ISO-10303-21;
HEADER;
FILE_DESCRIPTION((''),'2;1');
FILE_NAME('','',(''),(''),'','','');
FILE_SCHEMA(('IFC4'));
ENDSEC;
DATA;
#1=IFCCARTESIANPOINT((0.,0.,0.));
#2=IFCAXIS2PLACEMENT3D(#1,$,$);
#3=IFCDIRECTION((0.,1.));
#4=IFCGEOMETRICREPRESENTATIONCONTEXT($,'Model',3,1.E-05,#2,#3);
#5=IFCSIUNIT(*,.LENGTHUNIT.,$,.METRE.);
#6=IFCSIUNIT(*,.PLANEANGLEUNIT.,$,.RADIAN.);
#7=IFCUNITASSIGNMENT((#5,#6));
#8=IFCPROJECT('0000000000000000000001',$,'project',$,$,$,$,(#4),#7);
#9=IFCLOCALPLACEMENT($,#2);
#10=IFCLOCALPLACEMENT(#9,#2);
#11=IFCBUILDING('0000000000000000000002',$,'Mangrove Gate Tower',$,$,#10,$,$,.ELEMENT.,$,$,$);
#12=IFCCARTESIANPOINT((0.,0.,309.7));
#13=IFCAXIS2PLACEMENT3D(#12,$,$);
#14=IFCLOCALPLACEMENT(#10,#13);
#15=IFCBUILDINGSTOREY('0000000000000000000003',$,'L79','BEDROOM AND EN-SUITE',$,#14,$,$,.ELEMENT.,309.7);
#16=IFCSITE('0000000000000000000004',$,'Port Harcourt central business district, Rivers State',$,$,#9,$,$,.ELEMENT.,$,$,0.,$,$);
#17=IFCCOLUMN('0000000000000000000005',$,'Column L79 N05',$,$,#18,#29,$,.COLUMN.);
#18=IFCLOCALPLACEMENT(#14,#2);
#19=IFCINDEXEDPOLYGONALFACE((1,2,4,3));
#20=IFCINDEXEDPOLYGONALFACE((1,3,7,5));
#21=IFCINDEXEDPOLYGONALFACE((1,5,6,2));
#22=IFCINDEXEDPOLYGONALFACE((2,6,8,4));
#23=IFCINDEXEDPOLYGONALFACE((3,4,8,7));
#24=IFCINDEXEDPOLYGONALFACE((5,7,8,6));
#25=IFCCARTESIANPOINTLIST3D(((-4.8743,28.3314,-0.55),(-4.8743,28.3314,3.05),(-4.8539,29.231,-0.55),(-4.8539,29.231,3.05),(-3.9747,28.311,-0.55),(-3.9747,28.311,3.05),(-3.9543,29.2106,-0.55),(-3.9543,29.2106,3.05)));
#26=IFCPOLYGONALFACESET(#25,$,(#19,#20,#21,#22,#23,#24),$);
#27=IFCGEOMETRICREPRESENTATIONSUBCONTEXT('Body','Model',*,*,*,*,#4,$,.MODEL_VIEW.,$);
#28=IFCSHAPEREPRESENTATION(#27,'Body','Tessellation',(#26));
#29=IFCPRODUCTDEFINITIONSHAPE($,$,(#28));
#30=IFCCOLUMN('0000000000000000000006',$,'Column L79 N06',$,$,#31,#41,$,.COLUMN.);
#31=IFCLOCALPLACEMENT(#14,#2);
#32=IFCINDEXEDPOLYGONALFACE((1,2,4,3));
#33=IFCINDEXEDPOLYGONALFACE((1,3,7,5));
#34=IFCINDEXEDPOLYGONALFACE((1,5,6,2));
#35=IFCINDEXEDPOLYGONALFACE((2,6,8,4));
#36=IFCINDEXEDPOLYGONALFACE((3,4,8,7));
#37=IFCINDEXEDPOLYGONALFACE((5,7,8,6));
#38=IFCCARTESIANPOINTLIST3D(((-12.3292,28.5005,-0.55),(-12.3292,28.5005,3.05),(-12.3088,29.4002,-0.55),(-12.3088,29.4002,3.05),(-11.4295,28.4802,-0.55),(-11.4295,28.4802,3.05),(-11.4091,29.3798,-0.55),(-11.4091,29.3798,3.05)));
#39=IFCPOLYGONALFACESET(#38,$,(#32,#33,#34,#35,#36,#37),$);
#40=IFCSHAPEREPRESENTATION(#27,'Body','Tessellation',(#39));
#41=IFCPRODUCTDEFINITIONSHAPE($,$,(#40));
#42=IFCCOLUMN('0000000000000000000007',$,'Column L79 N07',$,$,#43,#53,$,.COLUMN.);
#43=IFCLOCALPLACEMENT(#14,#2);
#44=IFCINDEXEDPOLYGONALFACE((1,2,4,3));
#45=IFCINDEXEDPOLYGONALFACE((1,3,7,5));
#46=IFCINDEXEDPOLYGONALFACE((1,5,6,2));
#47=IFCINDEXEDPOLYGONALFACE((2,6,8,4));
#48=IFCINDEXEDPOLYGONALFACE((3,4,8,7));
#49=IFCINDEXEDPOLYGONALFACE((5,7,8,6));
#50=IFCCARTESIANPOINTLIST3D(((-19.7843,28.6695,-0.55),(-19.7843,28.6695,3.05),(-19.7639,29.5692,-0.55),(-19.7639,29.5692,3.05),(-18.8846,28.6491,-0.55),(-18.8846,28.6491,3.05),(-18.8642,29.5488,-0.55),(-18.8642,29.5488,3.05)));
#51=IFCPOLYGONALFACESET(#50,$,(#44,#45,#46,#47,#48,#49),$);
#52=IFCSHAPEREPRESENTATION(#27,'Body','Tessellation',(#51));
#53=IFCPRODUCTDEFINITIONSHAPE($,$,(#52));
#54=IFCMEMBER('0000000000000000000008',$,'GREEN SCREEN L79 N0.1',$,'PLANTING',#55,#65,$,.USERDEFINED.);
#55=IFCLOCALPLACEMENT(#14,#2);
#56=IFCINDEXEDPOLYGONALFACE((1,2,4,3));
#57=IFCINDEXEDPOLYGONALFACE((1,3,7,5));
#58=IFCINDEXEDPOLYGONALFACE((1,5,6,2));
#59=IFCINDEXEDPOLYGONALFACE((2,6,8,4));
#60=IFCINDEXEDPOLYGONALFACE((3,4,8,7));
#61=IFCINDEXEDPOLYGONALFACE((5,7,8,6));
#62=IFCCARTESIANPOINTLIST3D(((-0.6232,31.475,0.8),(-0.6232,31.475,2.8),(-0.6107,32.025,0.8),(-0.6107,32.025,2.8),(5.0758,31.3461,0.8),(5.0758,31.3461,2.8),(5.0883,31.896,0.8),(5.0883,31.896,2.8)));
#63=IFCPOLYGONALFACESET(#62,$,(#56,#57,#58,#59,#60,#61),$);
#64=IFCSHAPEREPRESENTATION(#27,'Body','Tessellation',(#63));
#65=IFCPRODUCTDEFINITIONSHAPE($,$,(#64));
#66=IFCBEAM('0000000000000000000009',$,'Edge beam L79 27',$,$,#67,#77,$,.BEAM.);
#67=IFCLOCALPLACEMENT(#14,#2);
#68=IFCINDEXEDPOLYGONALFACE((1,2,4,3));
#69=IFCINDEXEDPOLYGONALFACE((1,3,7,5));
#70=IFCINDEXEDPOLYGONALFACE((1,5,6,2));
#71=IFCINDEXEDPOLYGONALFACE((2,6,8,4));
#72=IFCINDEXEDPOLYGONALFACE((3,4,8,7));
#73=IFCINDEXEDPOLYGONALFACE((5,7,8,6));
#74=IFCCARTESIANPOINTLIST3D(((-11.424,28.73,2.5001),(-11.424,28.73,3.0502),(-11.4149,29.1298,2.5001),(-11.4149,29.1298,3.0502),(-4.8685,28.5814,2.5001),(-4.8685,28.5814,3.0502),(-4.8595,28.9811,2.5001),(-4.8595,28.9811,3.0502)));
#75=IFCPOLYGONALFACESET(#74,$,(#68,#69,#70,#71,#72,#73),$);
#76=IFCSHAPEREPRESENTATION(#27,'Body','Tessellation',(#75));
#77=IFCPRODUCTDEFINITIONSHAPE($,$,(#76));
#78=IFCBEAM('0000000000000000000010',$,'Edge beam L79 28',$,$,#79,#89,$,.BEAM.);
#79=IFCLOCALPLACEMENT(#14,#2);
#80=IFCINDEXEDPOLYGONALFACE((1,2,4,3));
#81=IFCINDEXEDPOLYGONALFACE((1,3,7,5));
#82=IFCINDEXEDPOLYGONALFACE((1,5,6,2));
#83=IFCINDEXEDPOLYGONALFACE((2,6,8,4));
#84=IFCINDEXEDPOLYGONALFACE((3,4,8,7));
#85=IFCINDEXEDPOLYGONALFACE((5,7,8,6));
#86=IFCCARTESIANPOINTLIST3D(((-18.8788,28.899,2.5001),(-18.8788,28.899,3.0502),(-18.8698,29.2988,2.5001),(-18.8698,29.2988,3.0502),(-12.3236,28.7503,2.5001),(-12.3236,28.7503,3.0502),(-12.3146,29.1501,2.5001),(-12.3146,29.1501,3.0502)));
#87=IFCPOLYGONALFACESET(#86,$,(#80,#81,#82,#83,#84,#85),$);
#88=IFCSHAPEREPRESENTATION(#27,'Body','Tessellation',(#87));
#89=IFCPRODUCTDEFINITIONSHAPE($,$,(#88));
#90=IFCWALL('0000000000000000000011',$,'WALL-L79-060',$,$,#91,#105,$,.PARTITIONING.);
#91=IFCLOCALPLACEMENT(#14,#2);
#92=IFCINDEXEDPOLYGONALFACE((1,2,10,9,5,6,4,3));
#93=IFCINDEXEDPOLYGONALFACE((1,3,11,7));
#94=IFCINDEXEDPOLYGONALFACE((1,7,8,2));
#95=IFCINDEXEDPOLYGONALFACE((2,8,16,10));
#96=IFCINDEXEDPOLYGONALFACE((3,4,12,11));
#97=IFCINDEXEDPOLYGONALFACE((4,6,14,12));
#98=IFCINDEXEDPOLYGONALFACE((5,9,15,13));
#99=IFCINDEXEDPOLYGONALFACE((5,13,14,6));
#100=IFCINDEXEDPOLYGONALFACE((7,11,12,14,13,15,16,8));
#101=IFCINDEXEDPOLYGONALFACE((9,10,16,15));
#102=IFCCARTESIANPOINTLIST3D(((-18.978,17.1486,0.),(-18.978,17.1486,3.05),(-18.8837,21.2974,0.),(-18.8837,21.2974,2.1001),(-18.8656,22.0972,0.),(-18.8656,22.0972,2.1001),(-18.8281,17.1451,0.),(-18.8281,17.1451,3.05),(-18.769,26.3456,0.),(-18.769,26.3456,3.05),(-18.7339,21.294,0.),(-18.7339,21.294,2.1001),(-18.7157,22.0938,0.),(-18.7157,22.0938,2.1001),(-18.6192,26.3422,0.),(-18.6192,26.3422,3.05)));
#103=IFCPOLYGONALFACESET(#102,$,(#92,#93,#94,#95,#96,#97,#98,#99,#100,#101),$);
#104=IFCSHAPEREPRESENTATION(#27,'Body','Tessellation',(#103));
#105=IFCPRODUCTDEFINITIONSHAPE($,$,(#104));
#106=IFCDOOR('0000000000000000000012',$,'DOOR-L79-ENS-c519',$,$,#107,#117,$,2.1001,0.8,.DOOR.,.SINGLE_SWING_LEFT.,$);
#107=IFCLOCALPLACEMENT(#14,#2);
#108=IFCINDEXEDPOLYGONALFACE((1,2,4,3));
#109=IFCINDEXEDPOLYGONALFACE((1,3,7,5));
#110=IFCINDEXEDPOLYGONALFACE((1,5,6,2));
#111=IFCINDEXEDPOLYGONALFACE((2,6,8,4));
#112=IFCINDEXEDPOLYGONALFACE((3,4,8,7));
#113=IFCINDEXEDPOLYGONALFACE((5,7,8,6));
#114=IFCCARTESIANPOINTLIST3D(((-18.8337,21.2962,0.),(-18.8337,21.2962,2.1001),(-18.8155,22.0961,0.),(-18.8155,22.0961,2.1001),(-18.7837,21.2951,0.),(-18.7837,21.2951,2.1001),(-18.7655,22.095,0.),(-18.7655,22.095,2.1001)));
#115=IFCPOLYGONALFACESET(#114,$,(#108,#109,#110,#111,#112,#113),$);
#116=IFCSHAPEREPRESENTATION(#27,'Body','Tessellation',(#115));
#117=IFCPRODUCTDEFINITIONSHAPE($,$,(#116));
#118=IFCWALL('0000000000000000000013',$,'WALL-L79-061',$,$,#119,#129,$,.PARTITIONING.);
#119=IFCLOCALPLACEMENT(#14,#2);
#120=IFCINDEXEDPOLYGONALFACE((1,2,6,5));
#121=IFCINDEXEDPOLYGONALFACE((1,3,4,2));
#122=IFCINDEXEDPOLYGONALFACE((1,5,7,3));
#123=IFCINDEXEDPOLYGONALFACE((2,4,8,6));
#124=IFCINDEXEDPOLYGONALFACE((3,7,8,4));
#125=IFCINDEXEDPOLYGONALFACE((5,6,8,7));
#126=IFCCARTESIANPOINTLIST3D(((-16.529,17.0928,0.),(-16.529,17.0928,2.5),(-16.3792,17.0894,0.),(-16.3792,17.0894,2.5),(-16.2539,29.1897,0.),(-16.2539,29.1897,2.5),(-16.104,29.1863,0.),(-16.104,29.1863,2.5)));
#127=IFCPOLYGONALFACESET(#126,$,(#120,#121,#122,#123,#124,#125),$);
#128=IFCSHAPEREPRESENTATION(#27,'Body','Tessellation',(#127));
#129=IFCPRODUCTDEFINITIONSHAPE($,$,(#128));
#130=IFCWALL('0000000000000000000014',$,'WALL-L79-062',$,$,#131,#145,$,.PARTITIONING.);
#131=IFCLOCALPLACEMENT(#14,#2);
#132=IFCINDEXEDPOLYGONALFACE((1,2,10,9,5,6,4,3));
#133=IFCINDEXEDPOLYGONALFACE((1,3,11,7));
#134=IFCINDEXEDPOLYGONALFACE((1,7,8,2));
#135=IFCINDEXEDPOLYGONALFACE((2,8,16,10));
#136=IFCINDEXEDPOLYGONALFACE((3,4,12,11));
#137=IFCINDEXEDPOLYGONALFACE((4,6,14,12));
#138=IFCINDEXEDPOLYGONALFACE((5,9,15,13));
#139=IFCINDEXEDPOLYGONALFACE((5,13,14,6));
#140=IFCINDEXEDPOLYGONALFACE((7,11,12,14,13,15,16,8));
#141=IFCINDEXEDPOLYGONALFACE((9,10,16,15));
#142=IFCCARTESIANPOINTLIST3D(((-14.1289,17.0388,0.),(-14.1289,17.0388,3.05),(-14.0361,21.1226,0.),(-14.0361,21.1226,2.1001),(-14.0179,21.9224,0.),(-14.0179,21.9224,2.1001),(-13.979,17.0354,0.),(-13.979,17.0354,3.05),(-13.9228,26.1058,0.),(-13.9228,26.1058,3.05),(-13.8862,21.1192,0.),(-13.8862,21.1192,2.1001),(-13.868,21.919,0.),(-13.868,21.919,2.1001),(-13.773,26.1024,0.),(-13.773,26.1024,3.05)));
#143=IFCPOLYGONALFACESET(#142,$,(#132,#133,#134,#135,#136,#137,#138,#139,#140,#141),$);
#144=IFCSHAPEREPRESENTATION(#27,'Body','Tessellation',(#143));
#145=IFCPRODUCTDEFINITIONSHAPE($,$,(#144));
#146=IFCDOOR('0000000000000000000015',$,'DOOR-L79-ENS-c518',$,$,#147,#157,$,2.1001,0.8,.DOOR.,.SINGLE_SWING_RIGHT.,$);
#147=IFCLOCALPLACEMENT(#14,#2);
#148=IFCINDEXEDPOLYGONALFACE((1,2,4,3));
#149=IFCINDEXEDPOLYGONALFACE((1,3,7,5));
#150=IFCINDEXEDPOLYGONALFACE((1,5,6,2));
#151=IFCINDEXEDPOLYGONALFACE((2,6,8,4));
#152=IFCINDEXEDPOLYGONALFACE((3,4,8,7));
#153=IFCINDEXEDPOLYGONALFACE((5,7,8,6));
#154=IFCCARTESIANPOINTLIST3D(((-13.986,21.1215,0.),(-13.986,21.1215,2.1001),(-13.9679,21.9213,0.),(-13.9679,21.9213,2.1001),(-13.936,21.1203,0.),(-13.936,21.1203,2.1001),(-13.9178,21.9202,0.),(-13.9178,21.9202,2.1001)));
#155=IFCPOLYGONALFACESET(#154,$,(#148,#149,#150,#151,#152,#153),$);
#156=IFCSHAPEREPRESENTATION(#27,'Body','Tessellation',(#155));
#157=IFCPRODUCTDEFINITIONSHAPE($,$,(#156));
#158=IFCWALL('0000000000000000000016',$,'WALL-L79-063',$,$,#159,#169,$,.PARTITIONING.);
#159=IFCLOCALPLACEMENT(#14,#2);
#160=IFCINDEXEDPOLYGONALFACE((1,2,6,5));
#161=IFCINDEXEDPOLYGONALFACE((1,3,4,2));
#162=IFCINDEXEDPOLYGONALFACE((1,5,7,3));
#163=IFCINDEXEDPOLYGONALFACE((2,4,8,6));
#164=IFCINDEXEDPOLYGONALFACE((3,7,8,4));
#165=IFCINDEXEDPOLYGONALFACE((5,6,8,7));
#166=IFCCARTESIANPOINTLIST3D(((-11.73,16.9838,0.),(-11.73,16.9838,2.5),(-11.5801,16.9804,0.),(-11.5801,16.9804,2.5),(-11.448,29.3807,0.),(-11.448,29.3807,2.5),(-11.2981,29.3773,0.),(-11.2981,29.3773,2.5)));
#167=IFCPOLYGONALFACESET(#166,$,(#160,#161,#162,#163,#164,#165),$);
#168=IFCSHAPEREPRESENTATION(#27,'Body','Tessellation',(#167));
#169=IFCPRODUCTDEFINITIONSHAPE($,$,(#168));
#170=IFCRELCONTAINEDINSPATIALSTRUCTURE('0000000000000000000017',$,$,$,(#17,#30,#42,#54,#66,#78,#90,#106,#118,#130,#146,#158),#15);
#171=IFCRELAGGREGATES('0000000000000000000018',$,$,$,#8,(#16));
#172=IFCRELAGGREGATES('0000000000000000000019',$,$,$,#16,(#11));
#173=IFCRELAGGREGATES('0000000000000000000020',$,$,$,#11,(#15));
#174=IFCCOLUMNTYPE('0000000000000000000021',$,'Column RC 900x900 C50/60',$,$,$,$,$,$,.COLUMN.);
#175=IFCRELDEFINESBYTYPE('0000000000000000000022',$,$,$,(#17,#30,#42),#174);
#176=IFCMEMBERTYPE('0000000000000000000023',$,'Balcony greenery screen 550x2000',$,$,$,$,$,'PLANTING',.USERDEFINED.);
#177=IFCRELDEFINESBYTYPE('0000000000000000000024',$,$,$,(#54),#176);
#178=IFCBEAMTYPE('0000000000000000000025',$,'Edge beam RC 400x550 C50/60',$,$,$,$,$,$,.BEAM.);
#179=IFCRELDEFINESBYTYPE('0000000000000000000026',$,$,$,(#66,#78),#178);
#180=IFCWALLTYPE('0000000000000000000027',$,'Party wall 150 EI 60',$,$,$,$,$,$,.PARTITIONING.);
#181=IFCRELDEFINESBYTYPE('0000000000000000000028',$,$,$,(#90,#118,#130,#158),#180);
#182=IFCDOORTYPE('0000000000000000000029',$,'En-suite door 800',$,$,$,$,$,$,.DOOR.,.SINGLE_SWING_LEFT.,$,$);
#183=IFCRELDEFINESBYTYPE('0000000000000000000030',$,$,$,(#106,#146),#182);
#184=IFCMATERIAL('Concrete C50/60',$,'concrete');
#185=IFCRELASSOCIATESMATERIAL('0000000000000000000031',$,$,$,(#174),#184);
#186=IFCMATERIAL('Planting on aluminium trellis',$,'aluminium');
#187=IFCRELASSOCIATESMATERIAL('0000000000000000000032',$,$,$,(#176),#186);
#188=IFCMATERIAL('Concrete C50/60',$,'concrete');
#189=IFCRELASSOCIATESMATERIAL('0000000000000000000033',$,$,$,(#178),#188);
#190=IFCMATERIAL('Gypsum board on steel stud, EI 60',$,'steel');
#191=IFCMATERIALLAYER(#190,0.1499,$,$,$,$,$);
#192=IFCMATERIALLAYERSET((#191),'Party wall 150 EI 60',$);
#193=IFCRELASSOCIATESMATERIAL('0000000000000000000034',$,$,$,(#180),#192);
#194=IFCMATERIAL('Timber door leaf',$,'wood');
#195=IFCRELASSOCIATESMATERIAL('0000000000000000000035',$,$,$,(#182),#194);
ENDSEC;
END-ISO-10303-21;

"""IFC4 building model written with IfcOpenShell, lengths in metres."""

from ifc_helpers import new_model, si_unit, direction, frame, frame_2d, origin, origin_2d, place, context, subcontext, project, spatial, rectangle, extrude, material, layer, layer_set, material_profile, profile_set, type_object, element, fill, save


model = new_model("IFC4")

# Units and contexts
model_context = context("Model", 3, precision=1e-05, world=origin(), true_north=direction((0.0, 1.0)))
body_context = subcontext(model_context, "Body", "Model", "MODEL_VIEW")
ifc_project = project(units=[si_unit("LENGTHUNIT", "METRE"), si_unit("PLANEANGLEUNIT", "RADIAN")], contexts=[model_context])

# Site, building, storey
site_placement = place(None, origin())
site = spatial("IfcSite", under=ifc_project, at=site_placement, Name="Port Harcourt central business district, Rivers State", CompositionType="ELEMENT", RefElevation=0.0)
building_placement = place(site_placement, origin())
building = spatial("IfcBuilding", under=site, at=building_placement, Name="Mangrove Gate Tower", CompositionType="ELEMENT")
storey_placement = place(building_placement, frame((0.0, 0.0, 309.7)))
storey = spatial("IfcBuildingStorey", under=building, at=storey_placement, Name="L79", Description="BEDROOM AND EN-SUITE", CompositionType="ELEMENT", Elevation=309.7)

# Columns
ifc_material_1 = material(Name="Concrete C50/60", Category="concrete")
ifc_material_profile_1 = material_profile(ifc_material_1, rectangle(XDim=0.8999, YDim=0.8999, at=origin_2d()))
ifc_profile_set_1 = profile_set([ifc_material_profile_1], Name="Concrete C50/60")
column_type = type_object("IfcColumnType", Name="Column RC 900x900 C50/60", PredefinedType="COLUMN", material=ifc_profile_set_1)
for number, where, z_axis, x_axis, name in (
    (1, (-4.4143, 28.771, -0.55), (0.0, 0.0, 1.0), (-0.999743, 0.022664, 0.0), "Column L79 N05"),
    (2, (-11.8691, 28.9402, -0.55), (0.0, 0.0, 1.0), (-0.999743, 0.022664, 0.0), "Column L79 N06"),
    (3, (-19.3242, 29.1091, -0.55), (0.0, 0.0, 1.0), (-0.999743, 0.022664, 0.0), "Column L79 N07"),
):
    element("IfcColumn", number, at=place(storey_placement, frame(where, z_axis=z_axis, x_axis=x_axis)), inside=storey, type_object=column_type, Name=name, PredefinedType="COLUMN", context=body_context, shape_type="SweptSolid", body=[
        extrude(rectangle(XDim=0.8999, YDim=0.8999, at=origin_2d()), origin(), (0.0, 0.0, 1.0), 3.6001),
    ])

# Member
ifc_material_2 = material(Name="Planting on aluminium trellis", Category="aluminium")
ifc_material_profile_2 = material_profile(ifc_material_2, rectangle(XDim=0.55, YDim=2.0, at=origin_2d()))
ifc_profile_set_2 = profile_set([ifc_material_profile_2], Name="Planting on aluminium trellis")
member_type = type_object("IfcMemberType", Name="Balcony greenery screen 550x2000", ElementType="PLANTING", PredefinedType="USERDEFINED", material=ifc_profile_set_2)
member_placement = place(storey_placement, frame((-0.6169, 31.75, 1.8), z_axis=(0.999744, -0.022613, 0.0), x_axis=(0.022613, 0.999744, 0.0)))
element("IfcMember", 4, at=member_placement, inside=storey, type_object=member_type, Name="GREEN SCREEN L79 N0.1", ObjectType="PLANTING", PredefinedType="USERDEFINED", context=body_context, shape_type="SweptSolid", body=[
    extrude(rectangle(XDim=0.55, YDim=2.0, at=origin_2d()), origin(), (0.0, 0.0, 1.0), 5.7004),
])

# Beams
ifc_material_3 = material(Name="Concrete C50/60", Category="concrete")
ifc_material_profile_3 = material_profile(ifc_material_3, rectangle(XDim=0.3999, YDim=0.55, at=origin_2d()))
ifc_profile_set_3 = profile_set([ifc_material_profile_3], Name="Concrete C50/60")
beam_type = type_object("IfcBeamType", Name="Edge beam RC 400x550 C50/60", PredefinedType="BEAM", material=ifc_profile_set_3)
beam_1_placement = place(storey_placement, frame((-4.864, 28.7812, 2.7751), z_axis=(-0.999743, 0.022675, 0.0), x_axis=(-0.022675, -0.999743, 0.0)))
element("IfcBeam", 5, at=beam_1_placement, inside=storey, type_object=beam_type, Name="Edge beam L79 27", PredefinedType="BEAM", context=body_context, shape_type="SweptSolid", body=[
    extrude(rectangle(XDim=0.3999, YDim=0.55, at=origin_2d()), origin(), (0.0, 0.0, 1.0), 6.5571),
])
beam_2_placement = place(storey_placement, frame((-12.3191, 28.9502, 2.7751), z_axis=(-0.999743, 0.022676, 0.0), x_axis=(-0.022676, -0.999743, 0.0)))
element("IfcBeam", 6, at=beam_2_placement, inside=storey, type_object=beam_type, Name="Edge beam L79 28", PredefinedType="BEAM", context=body_context, shape_type="SweptSolid", body=[
    extrude(rectangle(XDim=0.3999, YDim=0.55, at=origin_2d()), origin(), (0.0, 0.0, 1.0), 6.5569),
])

# Wall, opening, door
ifc_material_4 = material(Name="Gypsum board on steel stud, EI 60", Category="steel")
ifc_layer_1 = layer(ifc_material_4, 0.1499)
ifc_layer_set_1 = layer_set([ifc_layer_1], Name="Party wall 150 EI 60")
wall_type_1 = type_object("IfcWallType", Name="Party wall 150 EI 60", PredefinedType="PARTITIONING", material=ifc_layer_set_1)
wall_1_placement = place(storey_placement, frame((-18.9031, 17.147, 0.0), z_axis=(0.0, 0.0, 1.0), x_axis=(0.022717, 0.999742, 0.0)))
wall_1 = element("IfcWall", 7, at=wall_1_placement, inside=storey, type_object=wall_type_1, Name="WALL-L79-060", PredefinedType="PARTITIONING", context=body_context, shape_type="SweptSolid", body=[
    extrude(rectangle(XDim=9.1995, YDim=0.1499, at=frame_2d((4.5996, 0.0))), origin(), (0.0, 0.0, 1.0), 3.05),
])
opening_1_placement = place(wall_1_placement, frame((4.1499, 0.0, 0.0)))
opening_1 = element("IfcOpeningElement", 8, at=opening_1_placement, cuts=wall_1, PredefinedType="OPENING", context=body_context, shape_type="SweptSolid", body=[
    extrude(rectangle(XDim=0.8, YDim=2.1001, at=frame_2d((0.3999, 1.05))), frame((0.0, 0.085, 0.0), z_axis=(0.0, -1.0, 0.0), x_axis=(1.0, 0.0, 0.0)), (0.0, 0.0, 1.0), 0.1699),
])
ifc_material_5 = material(Name="Timber door leaf", Category="wood")
door_type = type_object("IfcDoorType", Name="En-suite door 800", OperationType="SINGLE_SWING_LEFT", PredefinedType="DOOR", material=ifc_material_5)
door_1_placement = place(opening_1_placement, origin())
door_1 = element("IfcDoor", 9, at=door_1_placement, inside=storey, type_object=door_type, Name="DOOR-L79-ENS-c519", OperationType="SINGLE_SWING_LEFT", OverallHeight=2.1001, OverallWidth=0.8, PredefinedType="DOOR", context=body_context, shape_type="SweptSolid", body=[
    extrude(rectangle(XDim=0.8, YDim=2.1001, at=frame_2d((0.3999, 1.05))), frame((0.0, 0.0249, 0.0), z_axis=(0.0, -1.0, 0.0), x_axis=(1.0, 0.0, 0.0)), (0.0, 0.0, 1.0), 0.05),
])
fill(opening_1, door_1)

# Wall
wall_2_placement = place(storey_placement, frame((-16.4541, 17.0911, 0.0), z_axis=(0.0, 0.0, 1.0), x_axis=(0.022739, 0.999741, 0.0)))
element("IfcWall", 10, at=wall_2_placement, inside=storey, type_object=wall_type_1, Name="WALL-L79-061", PredefinedType="PARTITIONING", context=body_context, shape_type="SweptSolid", body=[
    extrude(rectangle(XDim=12.1001, YDim=0.1499, at=frame_2d((6.05, 0.0))), origin(), (0.0, 0.0, 1.0), 2.5),
])

# Wall, opening, door
wall_3_placement = place(storey_placement, frame((-14.054, 17.0371, 0.0), z_axis=(0.0, 0.0, 1.0), x_axis=(0.02272, 0.999742, 0.0)))
wall_3 = element("IfcWall", 11, at=wall_3_placement, inside=storey, type_object=wall_type_1, Name="WALL-L79-062", PredefinedType="PARTITIONING", context=body_context, shape_type="SweptSolid", body=[
    extrude(rectangle(XDim=9.0693, YDim=0.1499, at=frame_2d((4.5347, 0.0))), origin(), (0.0, 0.0, 1.0), 3.05),
])
opening_2_placement = place(wall_3_placement, frame((4.085, 0.0, 0.0)))
opening_2 = element("IfcOpeningElement", 12, at=opening_2_placement, cuts=wall_3, PredefinedType="OPENING", context=body_context, shape_type="SweptSolid", body=[
    extrude(rectangle(XDim=0.8, YDim=2.1001, at=frame_2d((0.3999, 1.05))), frame((0.0, 0.085, 0.0), z_axis=(0.0, -1.0, 0.0), x_axis=(1.0, 0.0, 0.0)), (0.0, 0.0, 1.0), 0.1699),
])
door_2_placement = place(opening_2_placement, origin())
door_2 = element("IfcDoor", 13, at=door_2_placement, inside=storey, type_object=door_type, Name="DOOR-L79-ENS-c518", OperationType="SINGLE_SWING_RIGHT", OverallHeight=2.1001, OverallWidth=0.8, PredefinedType="DOOR", context=body_context, shape_type="SweptSolid", body=[
    extrude(rectangle(XDim=0.8, YDim=2.1001, at=frame_2d((0.3999, 1.05))), frame((0.0, 0.0249, 0.0), z_axis=(0.0, -1.0, 0.0), x_axis=(1.0, 0.0, 0.0)), (0.0, 0.0, 1.0), 0.05),
])
fill(opening_2, door_2)

# Wall
wall_4_placement = place(storey_placement, frame((-11.655, 16.9819, 0.0), z_axis=(0.0, 0.0, 1.0), x_axis=(0.02274, 0.999741, 0.0)))
element("IfcWall", 14, at=wall_4_placement, inside=storey, type_object=wall_type_1, Name="WALL-L79-063", PredefinedType="PARTITIONING", context=body_context, shape_type="SweptSolid", body=[
    extrude(rectangle(XDim=12.4001, YDim=0.1499, at=frame_2d((6.2002, 0.0))), origin(), (0.0, 0.0, 1.0), 2.5),
])

save(model, "model.ifc")
